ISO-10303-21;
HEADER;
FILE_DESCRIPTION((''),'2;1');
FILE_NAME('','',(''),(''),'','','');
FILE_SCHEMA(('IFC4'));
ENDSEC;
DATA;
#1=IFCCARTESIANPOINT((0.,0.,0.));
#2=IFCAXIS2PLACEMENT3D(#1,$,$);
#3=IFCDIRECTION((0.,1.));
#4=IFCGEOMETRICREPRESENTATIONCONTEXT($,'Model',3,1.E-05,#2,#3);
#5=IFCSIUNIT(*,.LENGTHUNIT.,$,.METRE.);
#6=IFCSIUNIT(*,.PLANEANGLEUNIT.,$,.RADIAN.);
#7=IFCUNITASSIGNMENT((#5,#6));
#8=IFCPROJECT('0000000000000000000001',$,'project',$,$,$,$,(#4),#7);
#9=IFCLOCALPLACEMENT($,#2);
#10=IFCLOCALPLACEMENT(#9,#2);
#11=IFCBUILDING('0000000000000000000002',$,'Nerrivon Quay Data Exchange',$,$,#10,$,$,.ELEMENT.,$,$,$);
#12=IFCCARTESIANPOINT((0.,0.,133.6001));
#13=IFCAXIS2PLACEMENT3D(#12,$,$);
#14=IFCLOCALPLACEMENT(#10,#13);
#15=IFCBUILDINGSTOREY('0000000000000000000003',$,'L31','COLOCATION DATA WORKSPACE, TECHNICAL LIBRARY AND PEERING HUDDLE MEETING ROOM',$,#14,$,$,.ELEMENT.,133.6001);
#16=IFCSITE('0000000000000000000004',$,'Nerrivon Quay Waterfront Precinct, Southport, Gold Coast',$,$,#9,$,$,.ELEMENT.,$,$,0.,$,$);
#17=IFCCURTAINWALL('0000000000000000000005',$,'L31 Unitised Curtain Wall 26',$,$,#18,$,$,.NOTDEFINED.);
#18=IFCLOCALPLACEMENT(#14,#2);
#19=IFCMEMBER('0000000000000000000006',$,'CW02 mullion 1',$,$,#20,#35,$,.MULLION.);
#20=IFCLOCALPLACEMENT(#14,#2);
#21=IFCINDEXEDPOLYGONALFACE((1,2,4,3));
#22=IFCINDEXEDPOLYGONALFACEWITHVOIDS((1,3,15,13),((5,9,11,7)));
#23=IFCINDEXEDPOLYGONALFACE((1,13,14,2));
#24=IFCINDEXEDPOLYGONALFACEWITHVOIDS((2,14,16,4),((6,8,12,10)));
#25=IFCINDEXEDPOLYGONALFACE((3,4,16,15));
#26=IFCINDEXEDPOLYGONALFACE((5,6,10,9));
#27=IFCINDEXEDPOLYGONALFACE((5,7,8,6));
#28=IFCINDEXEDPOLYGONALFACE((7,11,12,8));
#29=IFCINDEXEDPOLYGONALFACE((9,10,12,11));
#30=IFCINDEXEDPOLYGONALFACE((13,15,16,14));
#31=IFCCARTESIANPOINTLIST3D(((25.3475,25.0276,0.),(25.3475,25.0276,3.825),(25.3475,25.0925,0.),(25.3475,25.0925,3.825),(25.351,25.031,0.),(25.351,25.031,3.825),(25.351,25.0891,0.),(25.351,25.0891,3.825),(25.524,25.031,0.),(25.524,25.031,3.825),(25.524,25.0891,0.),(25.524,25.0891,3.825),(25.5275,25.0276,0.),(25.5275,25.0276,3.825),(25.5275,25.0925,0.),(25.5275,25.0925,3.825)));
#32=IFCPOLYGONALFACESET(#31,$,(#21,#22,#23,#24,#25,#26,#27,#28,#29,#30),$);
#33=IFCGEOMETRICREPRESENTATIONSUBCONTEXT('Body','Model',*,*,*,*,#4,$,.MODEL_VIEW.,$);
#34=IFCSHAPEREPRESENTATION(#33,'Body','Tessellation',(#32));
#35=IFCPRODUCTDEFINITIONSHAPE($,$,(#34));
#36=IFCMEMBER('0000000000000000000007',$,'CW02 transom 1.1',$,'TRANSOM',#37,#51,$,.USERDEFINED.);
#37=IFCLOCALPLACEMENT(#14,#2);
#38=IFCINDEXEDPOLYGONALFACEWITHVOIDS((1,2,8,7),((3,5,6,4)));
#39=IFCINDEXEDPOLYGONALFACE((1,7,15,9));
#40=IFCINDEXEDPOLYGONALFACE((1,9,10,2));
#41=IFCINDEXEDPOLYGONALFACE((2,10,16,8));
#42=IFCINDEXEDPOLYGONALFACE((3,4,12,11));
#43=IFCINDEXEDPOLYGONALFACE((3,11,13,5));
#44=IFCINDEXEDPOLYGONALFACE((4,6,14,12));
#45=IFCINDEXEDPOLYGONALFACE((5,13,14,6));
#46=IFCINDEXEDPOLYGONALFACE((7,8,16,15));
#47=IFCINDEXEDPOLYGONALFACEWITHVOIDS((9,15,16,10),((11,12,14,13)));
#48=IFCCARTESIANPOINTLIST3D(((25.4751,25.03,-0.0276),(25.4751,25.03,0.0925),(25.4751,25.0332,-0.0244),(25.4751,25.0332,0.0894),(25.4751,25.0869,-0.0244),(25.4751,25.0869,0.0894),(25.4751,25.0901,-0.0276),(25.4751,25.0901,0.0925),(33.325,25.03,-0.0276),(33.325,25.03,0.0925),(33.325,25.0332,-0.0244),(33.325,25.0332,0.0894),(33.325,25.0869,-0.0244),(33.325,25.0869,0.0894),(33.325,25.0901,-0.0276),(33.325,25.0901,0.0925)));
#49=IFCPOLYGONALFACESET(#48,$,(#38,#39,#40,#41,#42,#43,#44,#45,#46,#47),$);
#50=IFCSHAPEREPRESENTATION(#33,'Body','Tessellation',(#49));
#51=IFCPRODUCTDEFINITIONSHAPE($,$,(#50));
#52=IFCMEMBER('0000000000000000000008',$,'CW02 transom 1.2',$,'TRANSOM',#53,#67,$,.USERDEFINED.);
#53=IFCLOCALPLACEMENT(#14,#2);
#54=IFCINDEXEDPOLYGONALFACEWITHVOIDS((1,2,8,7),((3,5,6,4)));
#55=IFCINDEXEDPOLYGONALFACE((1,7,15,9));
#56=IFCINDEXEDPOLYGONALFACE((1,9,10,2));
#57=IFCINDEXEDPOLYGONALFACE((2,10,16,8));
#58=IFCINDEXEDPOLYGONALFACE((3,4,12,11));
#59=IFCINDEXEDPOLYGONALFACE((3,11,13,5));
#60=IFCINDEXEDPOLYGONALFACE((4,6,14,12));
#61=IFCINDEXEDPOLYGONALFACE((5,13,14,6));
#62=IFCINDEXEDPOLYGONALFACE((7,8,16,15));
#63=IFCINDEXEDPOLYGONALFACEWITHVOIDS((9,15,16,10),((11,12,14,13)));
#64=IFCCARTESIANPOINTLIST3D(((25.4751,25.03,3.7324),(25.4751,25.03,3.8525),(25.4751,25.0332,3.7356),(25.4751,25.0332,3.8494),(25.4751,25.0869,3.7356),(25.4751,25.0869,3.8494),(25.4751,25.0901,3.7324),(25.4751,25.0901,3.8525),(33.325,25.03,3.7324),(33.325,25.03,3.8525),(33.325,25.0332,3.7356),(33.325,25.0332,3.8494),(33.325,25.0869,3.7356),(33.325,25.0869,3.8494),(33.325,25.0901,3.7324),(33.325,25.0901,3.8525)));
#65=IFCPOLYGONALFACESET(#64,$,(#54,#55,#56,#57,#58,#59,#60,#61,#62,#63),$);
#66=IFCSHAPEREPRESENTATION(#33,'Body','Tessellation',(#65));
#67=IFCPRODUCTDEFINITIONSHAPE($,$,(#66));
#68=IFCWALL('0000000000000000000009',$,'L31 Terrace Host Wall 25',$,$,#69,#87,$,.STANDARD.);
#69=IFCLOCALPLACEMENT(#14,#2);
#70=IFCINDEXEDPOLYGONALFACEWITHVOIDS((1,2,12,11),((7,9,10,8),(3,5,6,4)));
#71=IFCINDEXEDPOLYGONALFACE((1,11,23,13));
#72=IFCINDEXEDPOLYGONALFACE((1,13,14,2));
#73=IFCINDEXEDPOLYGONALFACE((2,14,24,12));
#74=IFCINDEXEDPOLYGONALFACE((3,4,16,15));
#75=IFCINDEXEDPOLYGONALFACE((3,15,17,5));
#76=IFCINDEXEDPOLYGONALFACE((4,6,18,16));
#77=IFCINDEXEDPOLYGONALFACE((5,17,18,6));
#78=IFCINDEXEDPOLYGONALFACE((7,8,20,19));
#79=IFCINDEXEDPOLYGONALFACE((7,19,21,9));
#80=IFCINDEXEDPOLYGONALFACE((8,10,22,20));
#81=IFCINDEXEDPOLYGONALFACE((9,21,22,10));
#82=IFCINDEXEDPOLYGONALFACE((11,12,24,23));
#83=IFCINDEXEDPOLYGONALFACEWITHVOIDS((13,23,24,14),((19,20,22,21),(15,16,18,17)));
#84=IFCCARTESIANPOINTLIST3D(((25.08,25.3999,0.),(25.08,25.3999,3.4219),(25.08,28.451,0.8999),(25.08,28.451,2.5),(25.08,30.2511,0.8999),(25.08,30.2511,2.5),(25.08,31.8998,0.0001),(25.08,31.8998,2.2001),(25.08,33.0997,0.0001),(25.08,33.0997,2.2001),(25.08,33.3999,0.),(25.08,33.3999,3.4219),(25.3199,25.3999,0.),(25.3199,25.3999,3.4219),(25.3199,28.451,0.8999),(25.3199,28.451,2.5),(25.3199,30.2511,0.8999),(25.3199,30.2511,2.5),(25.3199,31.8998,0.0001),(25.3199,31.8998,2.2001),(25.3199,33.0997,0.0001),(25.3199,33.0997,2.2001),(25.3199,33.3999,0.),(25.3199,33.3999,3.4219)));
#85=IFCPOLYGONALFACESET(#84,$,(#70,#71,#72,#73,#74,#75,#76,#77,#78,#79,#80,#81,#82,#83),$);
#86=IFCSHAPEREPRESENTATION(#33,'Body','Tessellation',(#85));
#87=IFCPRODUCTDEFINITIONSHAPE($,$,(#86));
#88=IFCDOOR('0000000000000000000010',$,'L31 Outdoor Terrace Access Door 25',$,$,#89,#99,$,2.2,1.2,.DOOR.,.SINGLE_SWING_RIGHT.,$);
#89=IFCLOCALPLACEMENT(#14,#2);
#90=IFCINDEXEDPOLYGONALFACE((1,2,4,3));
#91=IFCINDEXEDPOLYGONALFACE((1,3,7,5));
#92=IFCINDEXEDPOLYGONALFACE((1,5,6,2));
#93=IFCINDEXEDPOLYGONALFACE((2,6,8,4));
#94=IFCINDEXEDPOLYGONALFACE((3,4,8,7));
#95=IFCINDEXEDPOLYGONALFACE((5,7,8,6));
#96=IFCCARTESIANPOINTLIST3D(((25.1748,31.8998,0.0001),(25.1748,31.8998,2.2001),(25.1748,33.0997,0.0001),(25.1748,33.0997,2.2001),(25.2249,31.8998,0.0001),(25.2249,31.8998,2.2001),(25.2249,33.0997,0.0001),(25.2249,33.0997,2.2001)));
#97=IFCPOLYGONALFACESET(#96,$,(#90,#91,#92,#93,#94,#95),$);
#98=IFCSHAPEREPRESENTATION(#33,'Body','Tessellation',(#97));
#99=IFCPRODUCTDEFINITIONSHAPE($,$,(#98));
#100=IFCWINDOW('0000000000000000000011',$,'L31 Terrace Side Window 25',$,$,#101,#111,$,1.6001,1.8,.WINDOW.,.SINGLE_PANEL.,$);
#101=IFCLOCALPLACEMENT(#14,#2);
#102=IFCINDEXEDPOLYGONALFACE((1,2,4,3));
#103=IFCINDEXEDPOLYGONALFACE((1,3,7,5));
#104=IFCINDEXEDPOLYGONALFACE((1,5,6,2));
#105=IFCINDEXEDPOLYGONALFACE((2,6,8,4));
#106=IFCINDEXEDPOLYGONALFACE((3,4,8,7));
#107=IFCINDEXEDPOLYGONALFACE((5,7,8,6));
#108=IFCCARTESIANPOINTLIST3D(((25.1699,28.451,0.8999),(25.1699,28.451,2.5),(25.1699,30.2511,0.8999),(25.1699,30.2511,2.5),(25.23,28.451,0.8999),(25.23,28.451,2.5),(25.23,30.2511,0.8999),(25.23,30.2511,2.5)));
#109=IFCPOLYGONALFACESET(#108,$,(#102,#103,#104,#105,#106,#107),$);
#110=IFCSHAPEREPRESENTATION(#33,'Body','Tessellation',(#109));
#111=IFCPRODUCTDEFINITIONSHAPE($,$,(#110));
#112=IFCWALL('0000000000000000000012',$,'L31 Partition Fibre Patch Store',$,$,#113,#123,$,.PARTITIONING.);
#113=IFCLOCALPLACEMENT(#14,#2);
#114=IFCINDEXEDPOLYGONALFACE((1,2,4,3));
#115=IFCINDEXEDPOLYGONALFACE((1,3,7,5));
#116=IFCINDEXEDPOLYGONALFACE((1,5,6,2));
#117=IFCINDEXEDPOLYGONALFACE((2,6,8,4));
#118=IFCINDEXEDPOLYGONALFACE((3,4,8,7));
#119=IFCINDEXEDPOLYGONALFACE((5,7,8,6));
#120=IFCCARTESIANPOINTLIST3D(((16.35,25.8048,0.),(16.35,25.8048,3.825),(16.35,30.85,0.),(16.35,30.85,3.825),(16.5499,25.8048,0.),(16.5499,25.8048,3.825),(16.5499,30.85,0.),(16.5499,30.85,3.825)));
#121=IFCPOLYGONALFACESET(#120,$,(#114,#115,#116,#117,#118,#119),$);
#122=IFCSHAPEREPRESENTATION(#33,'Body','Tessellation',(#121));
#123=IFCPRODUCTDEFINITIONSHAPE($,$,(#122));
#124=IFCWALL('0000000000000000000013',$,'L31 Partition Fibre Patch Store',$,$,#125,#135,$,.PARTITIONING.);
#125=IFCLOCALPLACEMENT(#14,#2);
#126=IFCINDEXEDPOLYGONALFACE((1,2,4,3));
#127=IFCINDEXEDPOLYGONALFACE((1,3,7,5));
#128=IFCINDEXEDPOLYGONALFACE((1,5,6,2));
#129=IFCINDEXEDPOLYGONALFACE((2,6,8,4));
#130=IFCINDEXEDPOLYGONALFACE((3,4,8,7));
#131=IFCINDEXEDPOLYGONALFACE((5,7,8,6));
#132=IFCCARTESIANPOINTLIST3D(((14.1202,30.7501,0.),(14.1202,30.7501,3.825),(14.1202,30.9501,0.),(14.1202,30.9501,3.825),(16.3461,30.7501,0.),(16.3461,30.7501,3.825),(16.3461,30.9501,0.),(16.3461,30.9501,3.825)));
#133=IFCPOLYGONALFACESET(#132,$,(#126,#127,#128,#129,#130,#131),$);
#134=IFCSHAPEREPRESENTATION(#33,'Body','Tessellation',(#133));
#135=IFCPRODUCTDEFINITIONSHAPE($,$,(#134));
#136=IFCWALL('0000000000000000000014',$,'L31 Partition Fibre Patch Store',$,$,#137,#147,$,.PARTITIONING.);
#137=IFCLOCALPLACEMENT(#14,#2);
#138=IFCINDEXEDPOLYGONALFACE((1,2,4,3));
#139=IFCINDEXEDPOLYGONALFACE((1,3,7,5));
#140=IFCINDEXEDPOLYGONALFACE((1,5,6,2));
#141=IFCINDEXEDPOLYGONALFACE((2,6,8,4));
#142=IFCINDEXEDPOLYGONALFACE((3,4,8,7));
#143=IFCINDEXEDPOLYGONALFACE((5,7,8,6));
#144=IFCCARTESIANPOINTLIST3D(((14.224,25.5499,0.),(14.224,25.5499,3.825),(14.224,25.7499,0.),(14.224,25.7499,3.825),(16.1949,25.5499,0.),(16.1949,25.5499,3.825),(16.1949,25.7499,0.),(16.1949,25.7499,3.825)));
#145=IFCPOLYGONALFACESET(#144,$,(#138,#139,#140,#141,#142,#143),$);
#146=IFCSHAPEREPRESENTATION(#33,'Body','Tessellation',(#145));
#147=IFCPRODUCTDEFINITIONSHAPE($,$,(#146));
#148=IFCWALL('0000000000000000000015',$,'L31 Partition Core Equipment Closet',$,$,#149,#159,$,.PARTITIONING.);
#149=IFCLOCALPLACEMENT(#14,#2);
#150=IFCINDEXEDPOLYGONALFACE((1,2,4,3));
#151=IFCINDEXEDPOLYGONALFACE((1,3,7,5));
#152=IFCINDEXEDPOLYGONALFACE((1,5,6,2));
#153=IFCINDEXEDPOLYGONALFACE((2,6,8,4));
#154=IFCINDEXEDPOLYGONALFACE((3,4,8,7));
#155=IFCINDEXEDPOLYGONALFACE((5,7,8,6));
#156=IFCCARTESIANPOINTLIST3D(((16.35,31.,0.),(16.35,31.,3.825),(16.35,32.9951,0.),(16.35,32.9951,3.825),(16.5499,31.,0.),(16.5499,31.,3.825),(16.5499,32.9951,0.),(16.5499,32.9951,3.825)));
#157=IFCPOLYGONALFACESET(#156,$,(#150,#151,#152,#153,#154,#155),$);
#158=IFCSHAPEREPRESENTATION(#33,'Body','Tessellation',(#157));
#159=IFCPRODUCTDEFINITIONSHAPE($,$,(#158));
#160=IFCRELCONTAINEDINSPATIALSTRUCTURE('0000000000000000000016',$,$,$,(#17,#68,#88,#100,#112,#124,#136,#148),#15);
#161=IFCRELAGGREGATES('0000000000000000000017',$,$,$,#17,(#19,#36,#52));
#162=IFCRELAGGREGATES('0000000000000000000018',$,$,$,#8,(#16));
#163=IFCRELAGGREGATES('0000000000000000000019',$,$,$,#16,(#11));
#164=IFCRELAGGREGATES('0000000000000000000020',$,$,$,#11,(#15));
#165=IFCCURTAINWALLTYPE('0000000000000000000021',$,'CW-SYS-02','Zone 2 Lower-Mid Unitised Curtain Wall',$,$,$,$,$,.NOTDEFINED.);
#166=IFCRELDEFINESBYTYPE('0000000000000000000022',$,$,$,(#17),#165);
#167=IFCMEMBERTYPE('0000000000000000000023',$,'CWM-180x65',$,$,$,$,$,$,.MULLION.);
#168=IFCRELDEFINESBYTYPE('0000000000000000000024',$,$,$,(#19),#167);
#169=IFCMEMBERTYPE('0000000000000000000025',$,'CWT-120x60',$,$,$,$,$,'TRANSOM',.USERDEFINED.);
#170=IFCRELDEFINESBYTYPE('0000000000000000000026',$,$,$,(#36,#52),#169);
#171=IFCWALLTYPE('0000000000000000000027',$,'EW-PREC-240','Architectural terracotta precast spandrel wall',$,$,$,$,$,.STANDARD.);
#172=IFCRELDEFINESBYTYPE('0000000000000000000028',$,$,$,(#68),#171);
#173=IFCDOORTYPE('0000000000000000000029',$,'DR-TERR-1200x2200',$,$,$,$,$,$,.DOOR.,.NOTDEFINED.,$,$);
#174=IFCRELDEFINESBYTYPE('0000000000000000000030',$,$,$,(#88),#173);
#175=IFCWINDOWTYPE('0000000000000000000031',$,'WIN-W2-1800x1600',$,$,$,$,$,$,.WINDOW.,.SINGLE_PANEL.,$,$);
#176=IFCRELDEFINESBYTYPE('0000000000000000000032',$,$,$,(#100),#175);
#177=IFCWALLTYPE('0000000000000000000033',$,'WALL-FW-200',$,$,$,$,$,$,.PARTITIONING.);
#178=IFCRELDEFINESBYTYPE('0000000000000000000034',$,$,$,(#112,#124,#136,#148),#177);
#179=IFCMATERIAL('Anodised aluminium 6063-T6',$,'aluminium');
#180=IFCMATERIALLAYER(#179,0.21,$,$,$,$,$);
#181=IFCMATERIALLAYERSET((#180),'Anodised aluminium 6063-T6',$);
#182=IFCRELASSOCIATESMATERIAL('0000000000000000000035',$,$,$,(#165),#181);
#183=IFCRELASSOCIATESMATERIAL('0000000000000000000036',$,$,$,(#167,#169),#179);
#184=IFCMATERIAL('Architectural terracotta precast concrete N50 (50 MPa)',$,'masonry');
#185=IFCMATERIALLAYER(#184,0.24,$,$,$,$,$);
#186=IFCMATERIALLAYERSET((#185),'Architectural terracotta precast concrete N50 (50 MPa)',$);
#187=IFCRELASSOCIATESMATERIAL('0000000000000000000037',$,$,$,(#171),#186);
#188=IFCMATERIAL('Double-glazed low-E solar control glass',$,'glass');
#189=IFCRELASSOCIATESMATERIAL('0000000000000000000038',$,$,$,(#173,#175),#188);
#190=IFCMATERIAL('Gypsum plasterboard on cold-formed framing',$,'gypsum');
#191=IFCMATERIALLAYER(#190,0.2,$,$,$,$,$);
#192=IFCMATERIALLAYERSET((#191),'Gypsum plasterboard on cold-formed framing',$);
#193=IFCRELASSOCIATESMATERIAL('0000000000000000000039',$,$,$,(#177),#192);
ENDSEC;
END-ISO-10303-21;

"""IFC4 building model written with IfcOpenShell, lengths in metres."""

from ifc_helpers import new_model, si_unit, direction, frame, frame_2d, origin, origin_2d, place, context, subcontext, project, spatial, rectangle, hollow_rectangle, extrude, material, layer, layer_set, material_profile, profile_set, type_object, element, fill, aggregate, save


model = new_model("IFC4")

# Units and contexts
model_context = context("Model", 3, precision=1e-05, world=origin(), true_north=direction((0.0, 1.0)))
body_context = subcontext(model_context, "Body", "Model", "MODEL_VIEW")
ifc_project = project(units=[si_unit("LENGTHUNIT", "METRE"), si_unit("PLANEANGLEUNIT", "RADIAN")], contexts=[model_context])

# Site, building, storey
site_placement = place(None, origin())
site = spatial("IfcSite", under=ifc_project, at=site_placement, Name="Nerrivon Quay Waterfront Precinct, Southport, Gold Coast", CompositionType="ELEMENT", RefElevation=0.0)
building_placement = place(site_placement, origin())
building = spatial("IfcBuilding", under=site, at=building_placement, Name="Nerrivon Quay Data Exchange", CompositionType="ELEMENT")
storey_placement = place(building_placement, frame((0.0, 0.0, 133.6001)))
storey = spatial("IfcBuildingStorey", under=building, at=storey_placement, Name="L31", Description="COLOCATION DATA WORKSPACE, TECHNICAL LIBRARY AND PEERING HUDDLE MEETING ROOM", CompositionType="ELEMENT", Elevation=133.6001)

# Curtain wall, members
ifc_material_1 = material(Name="Anodised aluminium 6063-T6", Category="aluminium")
ifc_layer_1 = layer(ifc_material_1, 0.21)
ifc_layer_set_1 = layer_set([ifc_layer_1], Name="Anodised aluminium 6063-T6")
curtain_wall_type = type_object("IfcCurtainWallType", Name="CW-SYS-02", Description="Zone 2 Lower-Mid Unitised Curtain Wall", PredefinedType="NOTDEFINED", material=ifc_layer_set_1)
curtain_wall_placement = place(storey_placement, origin())
curtain_wall = element("IfcCurtainWall", 1, at=curtain_wall_placement, inside=storey, type_object=curtain_wall_type, Name="L31 Unitised Curtain Wall 26", PredefinedType="NOTDEFINED")
ifc_material_profile_1 = material_profile(ifc_material_1, hollow_rectangle(XDim=0.0649, YDim=0.1799, WallThickness=0.0034, at=origin_2d()), Name="ALU-MULL-180x65")
ifc_profile_set_1 = profile_set([ifc_material_profile_1], Name="Anodised aluminium 6063-T6")
member_type_1 = type_object("IfcMemberType", Name="CWM-180x65", PredefinedType="MULLION", material=ifc_profile_set_1)
member_1_placement = place(storey_placement, frame((25.4375, 25.0601, 0.0), z_axis=(0.0, 0.0, 1.0), x_axis=(0.0, 1.0, 0.0)))
member_1 = element("IfcMember", 2, at=member_1_placement, type_object=member_type_1, Name="CW02 mullion 1", PredefinedType="MULLION", context=body_context, shape_type="SweptSolid", body=[
    extrude(hollow_rectangle(XDim=0.0649, YDim=0.1799, WallThickness=0.0034, at=origin_2d()), origin(), (0.0, 0.0, 1.0), 3.825),
])
ifc_material_profile_2 = material_profile(ifc_material_1, hollow_rectangle(XDim=0.0601, YDim=0.1201, WallThickness=0.0032, at=origin_2d()), Name="ALU-TRAN-120x60")
ifc_profile_set_2 = profile_set([ifc_material_profile_2], Name="Anodised aluminium 6063-T6")
member_type_2 = type_object("IfcMemberType", Name="CWT-120x60", ElementType="TRANSOM", PredefinedType="USERDEFINED", material=ifc_profile_set_2)
member_2_placement = place(storey_placement, frame((25.4751, 25.0601, 0.0325), z_axis=(1.0, 0.0, 0.0), x_axis=(0.0, 1.0, 0.0)))
member_2 = element("IfcMember", 3, at=member_2_placement, type_object=member_type_2, Name="CW02 transom 1.1", ObjectType="TRANSOM", PredefinedType="USERDEFINED", context=body_context, shape_type="SweptSolid", body=[
    extrude(hollow_rectangle(XDim=0.0601, YDim=0.1201, WallThickness=0.0032, at=origin_2d()), origin(), (0.0, 0.0, 1.0), 7.8499),
])
member_3_placement = place(storey_placement, frame((25.4751, 25.0601, 3.7925), z_axis=(1.0, 0.0, 0.0), x_axis=(0.0, 1.0, 0.0)))
member_3 = element("IfcMember", 4, at=member_3_placement, type_object=member_type_2, Name="CW02 transom 1.2", ObjectType="TRANSOM", PredefinedType="USERDEFINED", context=body_context, shape_type="SweptSolid", body=[
    extrude(hollow_rectangle(XDim=0.0601, YDim=0.1201, WallThickness=0.0032, at=origin_2d()), origin(), (0.0, 0.0, 1.0), 7.8499),
])
aggregate(curtain_wall, [member_1, member_2, member_3])

# Wall, openings, door, window
ifc_material_2 = material(Name="Architectural terracotta precast concrete N50 (50 MPa)", Category="masonry")
ifc_layer_2 = layer(ifc_material_2, 0.24)
ifc_layer_set_2 = layer_set([ifc_layer_2], Name="Architectural terracotta precast concrete N50 (50 MPa)")
wall_type_1 = type_object("IfcWallType", Name="EW-PREC-240", Description="Architectural terracotta precast spandrel wall", PredefinedType="STANDARD", material=ifc_layer_set_2)
wall_1_placement = place(storey_placement, frame((25.2, 33.3999, 0.0), z_axis=(0.0, 0.0, 1.0), x_axis=(0.0, -1.0, 0.0)))
wall_1 = element("IfcWall", 5, at=wall_1_placement, inside=storey, type_object=wall_type_1, Name="L31 Terrace Host Wall 25", PredefinedType="STANDARD", context=body_context, shape_type="SweptSolid", body=[
    extrude(rectangle(XDim=8.0, YDim=0.24, at=frame_2d((4.0, 0.0))), origin(), (0.0, 0.0, 1.0), 3.4219),
])
opening_1_placement = place(wall_1_placement, frame((0.3, 0.0, 0.0)))
opening_1 = element("IfcOpeningElement", 6, at=opening_1_placement, cuts=wall_1, PredefinedType="OPENING", context=body_context, shape_type="SweptSolid", body=[
    extrude(rectangle(XDim=1.2, YDim=2.2, at=frame_2d((0.6001, 1.1001))), frame((0.0, 0.1299, 0.0), z_axis=(0.0, -1.0, 0.0), x_axis=(1.0, 0.0, 0.0)), (0.0, 0.0, 1.0), 0.26),
])
opening_2_placement = place(wall_1_placement, frame((3.1489, 0.0, 0.8999)))
opening_2 = element("IfcOpeningElement", 7, at=opening_2_placement, cuts=wall_1, PredefinedType="OPENING", context=body_context, shape_type="SweptSolid", body=[
    extrude(rectangle(XDim=1.8, YDim=1.6001, at=frame_2d((0.8999, 0.8))), frame((0.0, 0.1299, 0.0), z_axis=(0.0, -1.0, 0.0), x_axis=(1.0, 0.0, 0.0)), (0.0, 0.0, 1.0), 0.26),
])
ifc_material_3 = material(Name="Double-glazed low-E solar control glass", Category="glass")
door_type_1 = type_object("IfcDoorType", Name="DR-TERR-1200x2200", OperationType="NOTDEFINED", PredefinedType="DOOR", material=ifc_material_3)
door_1_placement = place(opening_1_placement, origin())
door_1 = element("IfcDoor", 8, at=door_1_placement, inside=storey, type_object=door_type_1, Name="L31 Outdoor Terrace Access Door 25", OperationType="SINGLE_SWING_RIGHT", OverallHeight=2.2, OverallWidth=1.2, PredefinedType="DOOR", context=body_context, shape_type="SweptSolid", body=[
    extrude(rectangle(XDim=1.2, YDim=2.2, at=frame_2d((0.6001, 1.1001))), frame((0.0, 0.0249, 0.0), z_axis=(0.0, -1.0, 0.0), x_axis=(1.0, 0.0, 0.0)), (0.0, 0.0, 1.0), 0.05),
])
fill(opening_1, door_1)
window_type = type_object("IfcWindowType", Name="WIN-W2-1800x1600", PartitioningType="SINGLE_PANEL", PredefinedType="WINDOW", material=ifc_material_3)
window_placement = place(opening_2_placement, origin())
window = element("IfcWindow", 9, at=window_placement, inside=storey, type_object=window_type, Name="L31 Terrace Side Window 25", OverallHeight=1.6001, OverallWidth=1.8, PartitioningType="SINGLE_PANEL", PredefinedType="WINDOW", context=body_context, shape_type="SweptSolid", body=[
    extrude(rectangle(XDim=1.8, YDim=1.6001, at=frame_2d((0.8999, 0.8))), frame((0.0, 0.03, 0.0), z_axis=(0.0, -1.0, 0.0), x_axis=(1.0, 0.0, 0.0)), (0.0, 0.0, 1.0), 0.0601),
])
fill(opening_2, window)

# Walls
ifc_material_4 = material(Name="Gypsum plasterboard on cold-formed framing", Category="gypsum")
ifc_layer_3 = layer(ifc_material_4, 0.2)
ifc_layer_set_3 = layer_set([ifc_layer_3], Name="Gypsum plasterboard on cold-formed framing")
wall_type_2 = type_object("IfcWallType", Name="WALL-FW-200", PredefinedType="PARTITIONING", material=ifc_layer_set_3)
wall_2_placement = place(storey_placement, frame((16.45, 25.8049, 0.0), z_axis=(0.0, 0.0, 1.0), x_axis=(0.0, 1.0, 0.0)))
element("IfcWall", 10, at=wall_2_placement, inside=storey, type_object=wall_type_2, Name="L31 Partition Fibre Patch Store", PredefinedType="PARTITIONING", context=body_context, shape_type="SweptSolid", body=[
    extrude(rectangle(XDim=5.0452, YDim=0.2, at=frame_2d((2.5225, 0.0))), origin(), (0.0, 0.0, 1.0), 3.825),
])
wall_3_placement = place(storey_placement, frame((16.3459, 30.8501, 0.0), z_axis=(0.0, 0.0, 1.0), x_axis=(-1.0, 0.0, 0.0)))
element("IfcWall", 11, at=wall_3_placement, inside=storey, type_object=wall_type_2, Name="L31 Partition Fibre Patch Store", PredefinedType="PARTITIONING", context=body_context, shape_type="SweptSolid", body=[
    extrude(rectangle(XDim=2.2258, YDim=0.2, at=frame_2d((1.1128, 0.0))), origin(), (0.0, 0.0, 1.0), 3.825),
])
wall_4_placement = place(storey_placement, frame((14.2241, 25.6499, 0.0), z_axis=(0.0, 0.0, 1.0), x_axis=(1.0, 0.0, 0.0)))
element("IfcWall", 12, at=wall_4_placement, inside=storey, type_object=wall_type_2, Name="L31 Partition Fibre Patch Store", PredefinedType="PARTITIONING", context=body_context, shape_type="SweptSolid", body=[
    extrude(rectangle(XDim=1.9709, YDim=0.2, at=frame_2d((0.9854, 0.0))), origin(), (0.0, 0.0, 1.0), 3.825),
])
wall_5_placement = place(storey_placement, frame((16.45, 31.0, 0.0), z_axis=(0.0, 0.0, 1.0), x_axis=(0.0, 1.0, 0.0)))
element("IfcWall", 13, at=wall_5_placement, inside=storey, type_object=wall_type_2, Name="L31 Partition Core Equipment Closet", PredefinedType="PARTITIONING", context=body_context, shape_type="SweptSolid", body=[
    extrude(rectangle(XDim=1.9951, YDim=0.2, at=frame_2d((0.9976, 0.0))), origin(), (0.0, 0.0, 1.0), 3.825),
])

save(model, "model.ifc")
